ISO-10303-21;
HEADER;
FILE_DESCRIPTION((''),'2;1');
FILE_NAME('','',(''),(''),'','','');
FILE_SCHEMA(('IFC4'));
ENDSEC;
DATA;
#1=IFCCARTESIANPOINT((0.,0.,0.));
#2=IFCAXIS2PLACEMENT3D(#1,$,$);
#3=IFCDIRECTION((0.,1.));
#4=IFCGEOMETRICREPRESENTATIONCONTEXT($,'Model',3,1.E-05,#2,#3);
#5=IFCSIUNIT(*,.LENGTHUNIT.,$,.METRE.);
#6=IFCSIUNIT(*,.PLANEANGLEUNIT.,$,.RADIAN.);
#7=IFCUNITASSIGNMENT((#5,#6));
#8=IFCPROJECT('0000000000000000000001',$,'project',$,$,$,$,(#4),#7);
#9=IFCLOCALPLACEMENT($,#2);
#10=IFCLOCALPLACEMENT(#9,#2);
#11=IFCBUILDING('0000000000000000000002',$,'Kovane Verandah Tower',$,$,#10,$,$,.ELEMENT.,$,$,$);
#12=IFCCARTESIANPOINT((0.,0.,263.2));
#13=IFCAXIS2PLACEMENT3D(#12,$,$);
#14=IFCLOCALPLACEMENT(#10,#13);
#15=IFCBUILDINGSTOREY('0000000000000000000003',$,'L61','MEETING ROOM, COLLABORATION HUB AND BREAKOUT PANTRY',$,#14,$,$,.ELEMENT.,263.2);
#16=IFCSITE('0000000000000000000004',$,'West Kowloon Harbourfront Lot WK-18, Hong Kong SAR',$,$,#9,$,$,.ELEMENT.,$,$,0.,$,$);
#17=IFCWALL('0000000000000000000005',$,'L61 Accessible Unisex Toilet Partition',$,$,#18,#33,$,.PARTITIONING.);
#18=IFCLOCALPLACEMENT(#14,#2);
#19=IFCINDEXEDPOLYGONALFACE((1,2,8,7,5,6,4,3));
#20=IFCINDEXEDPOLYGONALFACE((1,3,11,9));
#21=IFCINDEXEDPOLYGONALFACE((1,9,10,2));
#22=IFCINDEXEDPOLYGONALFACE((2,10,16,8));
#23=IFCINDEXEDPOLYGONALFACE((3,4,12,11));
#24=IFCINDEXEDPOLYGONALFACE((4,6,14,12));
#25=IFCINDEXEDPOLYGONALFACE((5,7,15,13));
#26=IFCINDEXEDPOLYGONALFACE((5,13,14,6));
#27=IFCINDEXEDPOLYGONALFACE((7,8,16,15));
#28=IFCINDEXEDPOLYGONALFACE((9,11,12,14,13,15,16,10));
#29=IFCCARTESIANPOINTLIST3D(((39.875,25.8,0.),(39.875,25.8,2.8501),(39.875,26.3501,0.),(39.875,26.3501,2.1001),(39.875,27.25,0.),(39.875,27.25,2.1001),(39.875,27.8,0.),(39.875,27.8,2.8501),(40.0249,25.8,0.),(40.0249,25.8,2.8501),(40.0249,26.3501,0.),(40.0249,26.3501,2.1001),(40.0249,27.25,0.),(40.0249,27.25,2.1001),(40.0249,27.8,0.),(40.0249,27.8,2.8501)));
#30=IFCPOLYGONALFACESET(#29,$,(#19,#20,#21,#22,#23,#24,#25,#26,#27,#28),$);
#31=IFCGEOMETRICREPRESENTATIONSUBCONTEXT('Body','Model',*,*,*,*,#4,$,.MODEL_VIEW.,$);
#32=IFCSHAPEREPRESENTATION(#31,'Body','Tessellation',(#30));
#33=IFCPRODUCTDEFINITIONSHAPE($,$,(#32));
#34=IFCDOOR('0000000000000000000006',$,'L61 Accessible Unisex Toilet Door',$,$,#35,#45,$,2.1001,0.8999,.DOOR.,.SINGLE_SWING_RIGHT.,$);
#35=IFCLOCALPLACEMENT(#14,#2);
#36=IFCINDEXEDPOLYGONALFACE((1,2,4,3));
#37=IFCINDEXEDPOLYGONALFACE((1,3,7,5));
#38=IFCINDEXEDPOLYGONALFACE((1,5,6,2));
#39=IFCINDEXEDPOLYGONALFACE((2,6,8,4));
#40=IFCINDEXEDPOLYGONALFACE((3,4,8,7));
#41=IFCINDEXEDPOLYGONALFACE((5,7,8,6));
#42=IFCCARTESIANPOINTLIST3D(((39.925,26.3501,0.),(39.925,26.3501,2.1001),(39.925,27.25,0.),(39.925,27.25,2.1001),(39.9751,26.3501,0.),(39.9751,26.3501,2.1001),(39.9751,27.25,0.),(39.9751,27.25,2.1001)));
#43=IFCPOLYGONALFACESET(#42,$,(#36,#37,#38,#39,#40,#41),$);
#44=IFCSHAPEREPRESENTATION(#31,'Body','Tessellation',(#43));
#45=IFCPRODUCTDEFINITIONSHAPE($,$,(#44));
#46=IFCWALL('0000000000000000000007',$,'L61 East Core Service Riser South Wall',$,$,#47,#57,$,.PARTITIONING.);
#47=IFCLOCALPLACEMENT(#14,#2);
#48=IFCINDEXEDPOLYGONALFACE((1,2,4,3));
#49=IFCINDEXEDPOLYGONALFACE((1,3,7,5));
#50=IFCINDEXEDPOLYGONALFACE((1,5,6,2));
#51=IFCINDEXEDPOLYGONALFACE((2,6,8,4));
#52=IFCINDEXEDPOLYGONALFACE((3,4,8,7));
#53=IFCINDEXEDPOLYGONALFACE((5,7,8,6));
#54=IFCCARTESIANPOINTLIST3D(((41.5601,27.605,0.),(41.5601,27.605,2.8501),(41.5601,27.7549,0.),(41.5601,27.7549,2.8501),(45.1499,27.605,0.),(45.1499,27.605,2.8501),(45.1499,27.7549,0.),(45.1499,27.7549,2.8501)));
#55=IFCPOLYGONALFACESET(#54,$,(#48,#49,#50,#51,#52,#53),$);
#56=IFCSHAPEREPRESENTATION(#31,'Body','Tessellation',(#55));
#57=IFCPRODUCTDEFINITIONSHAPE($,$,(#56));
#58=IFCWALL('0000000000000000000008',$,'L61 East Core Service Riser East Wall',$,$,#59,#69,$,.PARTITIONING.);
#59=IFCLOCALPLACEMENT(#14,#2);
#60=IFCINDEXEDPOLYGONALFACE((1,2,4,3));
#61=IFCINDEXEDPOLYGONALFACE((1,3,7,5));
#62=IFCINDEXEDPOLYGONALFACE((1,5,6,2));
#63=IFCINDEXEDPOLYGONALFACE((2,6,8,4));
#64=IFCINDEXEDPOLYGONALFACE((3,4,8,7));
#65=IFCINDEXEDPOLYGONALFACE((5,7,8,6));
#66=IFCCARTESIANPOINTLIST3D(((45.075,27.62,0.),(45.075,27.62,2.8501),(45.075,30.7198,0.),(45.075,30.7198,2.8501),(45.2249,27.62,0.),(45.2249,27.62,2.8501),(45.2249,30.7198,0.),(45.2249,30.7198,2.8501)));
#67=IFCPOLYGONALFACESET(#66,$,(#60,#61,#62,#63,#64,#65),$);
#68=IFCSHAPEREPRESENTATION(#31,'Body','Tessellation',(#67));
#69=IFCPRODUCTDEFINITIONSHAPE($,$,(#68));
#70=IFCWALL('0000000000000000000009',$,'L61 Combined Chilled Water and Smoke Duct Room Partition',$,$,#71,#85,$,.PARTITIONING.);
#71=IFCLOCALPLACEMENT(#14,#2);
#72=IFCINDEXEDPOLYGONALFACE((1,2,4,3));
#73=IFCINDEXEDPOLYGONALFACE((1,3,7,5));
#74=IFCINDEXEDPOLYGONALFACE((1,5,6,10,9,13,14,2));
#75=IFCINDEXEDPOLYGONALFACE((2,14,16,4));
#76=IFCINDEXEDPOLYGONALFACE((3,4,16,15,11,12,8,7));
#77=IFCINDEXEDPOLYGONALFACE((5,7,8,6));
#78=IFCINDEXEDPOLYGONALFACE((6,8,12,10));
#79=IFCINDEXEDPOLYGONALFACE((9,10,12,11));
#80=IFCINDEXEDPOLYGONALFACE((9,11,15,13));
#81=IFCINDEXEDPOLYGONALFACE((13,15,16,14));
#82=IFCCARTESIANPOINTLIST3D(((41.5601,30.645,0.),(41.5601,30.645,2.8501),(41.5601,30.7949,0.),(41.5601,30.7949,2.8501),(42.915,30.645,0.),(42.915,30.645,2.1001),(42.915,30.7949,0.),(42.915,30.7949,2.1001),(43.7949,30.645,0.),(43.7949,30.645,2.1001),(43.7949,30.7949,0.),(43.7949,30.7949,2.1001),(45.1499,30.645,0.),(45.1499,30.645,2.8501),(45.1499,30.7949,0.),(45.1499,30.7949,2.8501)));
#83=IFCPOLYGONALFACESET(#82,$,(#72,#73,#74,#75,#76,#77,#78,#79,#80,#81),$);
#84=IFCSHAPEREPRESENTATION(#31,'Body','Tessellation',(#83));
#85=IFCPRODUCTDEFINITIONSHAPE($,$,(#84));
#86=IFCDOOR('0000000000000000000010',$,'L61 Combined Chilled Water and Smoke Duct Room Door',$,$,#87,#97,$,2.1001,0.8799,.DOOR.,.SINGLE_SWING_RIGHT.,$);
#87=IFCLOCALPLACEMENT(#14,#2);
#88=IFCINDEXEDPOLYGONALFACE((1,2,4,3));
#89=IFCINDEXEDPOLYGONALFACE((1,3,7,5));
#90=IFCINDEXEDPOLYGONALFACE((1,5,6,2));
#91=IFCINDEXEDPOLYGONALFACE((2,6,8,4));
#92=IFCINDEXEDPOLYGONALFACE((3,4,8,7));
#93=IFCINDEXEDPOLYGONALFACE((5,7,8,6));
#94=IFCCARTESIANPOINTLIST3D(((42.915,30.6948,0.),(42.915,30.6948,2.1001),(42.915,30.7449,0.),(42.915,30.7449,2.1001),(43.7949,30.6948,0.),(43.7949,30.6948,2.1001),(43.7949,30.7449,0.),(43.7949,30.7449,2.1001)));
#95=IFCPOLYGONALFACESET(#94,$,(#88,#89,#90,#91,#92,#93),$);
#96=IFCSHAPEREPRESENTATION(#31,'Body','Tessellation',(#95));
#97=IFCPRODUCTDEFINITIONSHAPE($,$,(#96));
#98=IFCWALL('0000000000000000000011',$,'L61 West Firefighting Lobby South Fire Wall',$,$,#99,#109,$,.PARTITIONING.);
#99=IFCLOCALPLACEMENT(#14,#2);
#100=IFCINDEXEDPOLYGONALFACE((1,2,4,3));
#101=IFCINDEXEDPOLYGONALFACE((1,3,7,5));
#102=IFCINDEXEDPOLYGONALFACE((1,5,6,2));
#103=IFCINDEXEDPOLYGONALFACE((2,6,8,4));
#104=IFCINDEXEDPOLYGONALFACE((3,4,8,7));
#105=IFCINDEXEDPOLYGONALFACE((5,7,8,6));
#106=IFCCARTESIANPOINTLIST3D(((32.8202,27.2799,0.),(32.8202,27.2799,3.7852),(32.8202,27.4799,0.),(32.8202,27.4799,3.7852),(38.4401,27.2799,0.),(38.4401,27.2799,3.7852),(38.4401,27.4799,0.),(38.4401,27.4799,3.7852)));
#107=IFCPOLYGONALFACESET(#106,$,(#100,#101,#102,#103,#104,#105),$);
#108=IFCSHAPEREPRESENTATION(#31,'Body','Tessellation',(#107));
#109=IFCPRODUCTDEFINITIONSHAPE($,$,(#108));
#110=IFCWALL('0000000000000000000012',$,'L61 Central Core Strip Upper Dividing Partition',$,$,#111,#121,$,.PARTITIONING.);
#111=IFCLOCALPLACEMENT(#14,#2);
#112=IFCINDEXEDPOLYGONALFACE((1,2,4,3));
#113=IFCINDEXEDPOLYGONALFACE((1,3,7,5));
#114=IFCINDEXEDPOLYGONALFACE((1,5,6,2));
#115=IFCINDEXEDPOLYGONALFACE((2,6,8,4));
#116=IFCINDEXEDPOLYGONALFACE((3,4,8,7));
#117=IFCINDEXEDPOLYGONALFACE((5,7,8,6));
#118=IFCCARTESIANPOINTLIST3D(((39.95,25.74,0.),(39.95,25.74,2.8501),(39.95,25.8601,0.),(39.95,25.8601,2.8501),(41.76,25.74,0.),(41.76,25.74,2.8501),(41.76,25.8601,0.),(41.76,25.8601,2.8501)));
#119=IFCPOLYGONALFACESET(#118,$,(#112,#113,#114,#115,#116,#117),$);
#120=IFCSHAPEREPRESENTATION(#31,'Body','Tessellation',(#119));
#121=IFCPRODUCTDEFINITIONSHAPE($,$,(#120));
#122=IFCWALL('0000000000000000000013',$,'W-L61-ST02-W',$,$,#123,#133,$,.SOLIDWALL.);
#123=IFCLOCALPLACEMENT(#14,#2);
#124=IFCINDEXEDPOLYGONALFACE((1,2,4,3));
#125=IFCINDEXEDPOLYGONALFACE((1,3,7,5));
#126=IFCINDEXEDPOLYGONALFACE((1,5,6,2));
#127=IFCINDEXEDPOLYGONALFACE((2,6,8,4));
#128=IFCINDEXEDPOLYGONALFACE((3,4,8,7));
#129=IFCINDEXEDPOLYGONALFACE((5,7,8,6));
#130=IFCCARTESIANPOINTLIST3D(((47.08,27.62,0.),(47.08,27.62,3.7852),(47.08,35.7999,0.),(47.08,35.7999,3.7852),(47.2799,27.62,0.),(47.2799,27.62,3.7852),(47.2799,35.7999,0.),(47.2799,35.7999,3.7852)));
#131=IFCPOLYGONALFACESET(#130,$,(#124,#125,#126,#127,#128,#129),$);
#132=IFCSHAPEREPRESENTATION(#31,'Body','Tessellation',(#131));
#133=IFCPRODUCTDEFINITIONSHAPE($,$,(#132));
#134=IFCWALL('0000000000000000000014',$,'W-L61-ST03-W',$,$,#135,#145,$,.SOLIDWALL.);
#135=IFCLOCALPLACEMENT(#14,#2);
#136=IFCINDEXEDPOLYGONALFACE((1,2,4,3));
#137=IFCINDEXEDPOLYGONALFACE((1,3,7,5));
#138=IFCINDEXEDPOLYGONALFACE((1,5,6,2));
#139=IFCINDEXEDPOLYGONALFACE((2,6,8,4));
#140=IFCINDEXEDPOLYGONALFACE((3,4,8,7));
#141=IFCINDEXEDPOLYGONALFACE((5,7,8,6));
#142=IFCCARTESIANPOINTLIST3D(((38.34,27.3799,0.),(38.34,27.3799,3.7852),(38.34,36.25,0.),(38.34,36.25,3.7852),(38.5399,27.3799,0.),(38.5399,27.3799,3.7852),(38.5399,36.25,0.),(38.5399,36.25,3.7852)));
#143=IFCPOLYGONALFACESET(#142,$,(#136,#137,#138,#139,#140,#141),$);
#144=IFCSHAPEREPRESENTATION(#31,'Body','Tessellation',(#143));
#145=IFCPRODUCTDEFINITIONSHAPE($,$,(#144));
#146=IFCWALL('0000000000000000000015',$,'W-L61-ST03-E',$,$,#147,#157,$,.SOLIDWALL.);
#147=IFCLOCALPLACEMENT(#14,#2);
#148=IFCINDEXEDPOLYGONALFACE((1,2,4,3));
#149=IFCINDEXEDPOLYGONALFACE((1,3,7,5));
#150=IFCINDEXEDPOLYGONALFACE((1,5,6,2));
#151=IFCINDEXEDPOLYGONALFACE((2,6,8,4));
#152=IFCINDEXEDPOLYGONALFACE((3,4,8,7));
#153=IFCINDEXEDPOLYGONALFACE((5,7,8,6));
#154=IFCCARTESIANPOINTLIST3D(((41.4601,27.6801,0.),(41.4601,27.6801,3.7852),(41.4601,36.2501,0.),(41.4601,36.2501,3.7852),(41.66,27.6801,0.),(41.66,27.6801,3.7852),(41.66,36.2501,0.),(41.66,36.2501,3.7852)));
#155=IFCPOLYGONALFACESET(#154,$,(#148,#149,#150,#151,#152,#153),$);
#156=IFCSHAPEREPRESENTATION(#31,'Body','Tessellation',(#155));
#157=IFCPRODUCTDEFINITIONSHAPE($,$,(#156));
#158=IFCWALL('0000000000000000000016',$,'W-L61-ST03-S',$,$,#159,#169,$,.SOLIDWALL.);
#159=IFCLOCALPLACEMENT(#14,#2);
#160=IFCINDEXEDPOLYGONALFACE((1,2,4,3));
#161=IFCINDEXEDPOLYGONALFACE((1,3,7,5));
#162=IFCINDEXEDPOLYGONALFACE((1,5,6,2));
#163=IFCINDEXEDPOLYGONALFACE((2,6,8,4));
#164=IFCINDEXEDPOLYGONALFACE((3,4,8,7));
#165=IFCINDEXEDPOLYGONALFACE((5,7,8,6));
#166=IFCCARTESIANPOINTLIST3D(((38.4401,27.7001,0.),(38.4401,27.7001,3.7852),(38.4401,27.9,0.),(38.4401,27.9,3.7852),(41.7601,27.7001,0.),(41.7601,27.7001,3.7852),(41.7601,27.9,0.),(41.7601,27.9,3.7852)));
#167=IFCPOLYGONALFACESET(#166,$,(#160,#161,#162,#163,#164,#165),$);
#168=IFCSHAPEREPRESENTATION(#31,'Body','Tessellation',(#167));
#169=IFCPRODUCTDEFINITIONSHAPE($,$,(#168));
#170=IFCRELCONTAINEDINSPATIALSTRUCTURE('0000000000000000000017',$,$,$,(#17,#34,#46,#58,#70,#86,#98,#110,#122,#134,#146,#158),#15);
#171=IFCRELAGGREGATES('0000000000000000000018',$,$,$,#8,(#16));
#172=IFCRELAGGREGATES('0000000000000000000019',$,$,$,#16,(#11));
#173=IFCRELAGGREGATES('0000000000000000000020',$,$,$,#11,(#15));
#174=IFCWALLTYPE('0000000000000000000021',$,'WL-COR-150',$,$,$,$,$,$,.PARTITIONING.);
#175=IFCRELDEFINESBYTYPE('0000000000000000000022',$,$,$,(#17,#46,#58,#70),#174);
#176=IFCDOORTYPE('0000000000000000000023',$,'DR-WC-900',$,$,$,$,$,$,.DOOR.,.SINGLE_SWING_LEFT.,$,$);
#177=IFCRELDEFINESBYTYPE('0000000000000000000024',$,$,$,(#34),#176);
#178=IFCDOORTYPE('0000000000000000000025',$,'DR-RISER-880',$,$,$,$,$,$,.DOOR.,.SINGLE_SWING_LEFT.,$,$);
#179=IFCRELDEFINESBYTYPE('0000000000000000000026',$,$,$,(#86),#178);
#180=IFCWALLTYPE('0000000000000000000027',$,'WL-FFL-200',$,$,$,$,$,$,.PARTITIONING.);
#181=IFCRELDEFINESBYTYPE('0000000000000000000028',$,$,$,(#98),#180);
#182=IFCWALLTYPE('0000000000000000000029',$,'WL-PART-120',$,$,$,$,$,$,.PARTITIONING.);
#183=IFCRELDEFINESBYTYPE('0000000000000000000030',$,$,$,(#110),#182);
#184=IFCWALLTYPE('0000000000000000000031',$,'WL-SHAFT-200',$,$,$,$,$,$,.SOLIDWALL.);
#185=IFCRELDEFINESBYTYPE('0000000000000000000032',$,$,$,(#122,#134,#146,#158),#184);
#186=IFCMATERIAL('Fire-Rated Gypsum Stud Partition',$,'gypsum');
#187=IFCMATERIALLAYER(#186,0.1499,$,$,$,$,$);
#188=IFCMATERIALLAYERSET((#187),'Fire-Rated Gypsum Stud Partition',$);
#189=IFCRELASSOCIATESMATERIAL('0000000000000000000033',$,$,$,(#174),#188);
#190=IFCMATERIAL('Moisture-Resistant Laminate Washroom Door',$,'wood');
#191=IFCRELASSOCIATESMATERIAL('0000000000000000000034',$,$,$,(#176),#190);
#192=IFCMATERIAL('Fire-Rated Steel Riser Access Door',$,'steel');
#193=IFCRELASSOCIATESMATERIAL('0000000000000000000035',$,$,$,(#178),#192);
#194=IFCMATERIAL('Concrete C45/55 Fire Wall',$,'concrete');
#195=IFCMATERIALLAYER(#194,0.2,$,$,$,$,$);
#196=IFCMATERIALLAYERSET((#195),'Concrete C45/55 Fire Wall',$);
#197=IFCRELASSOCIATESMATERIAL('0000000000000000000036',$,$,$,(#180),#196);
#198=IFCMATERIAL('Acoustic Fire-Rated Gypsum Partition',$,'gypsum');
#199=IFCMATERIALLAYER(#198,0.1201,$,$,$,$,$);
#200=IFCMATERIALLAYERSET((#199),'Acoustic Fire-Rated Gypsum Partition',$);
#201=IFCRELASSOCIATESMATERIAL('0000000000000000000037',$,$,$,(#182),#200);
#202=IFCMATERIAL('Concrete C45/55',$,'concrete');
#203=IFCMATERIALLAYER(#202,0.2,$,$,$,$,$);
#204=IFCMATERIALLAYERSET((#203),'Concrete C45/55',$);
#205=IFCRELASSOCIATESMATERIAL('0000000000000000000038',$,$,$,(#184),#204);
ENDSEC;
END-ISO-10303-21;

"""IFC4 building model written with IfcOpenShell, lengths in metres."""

from ifc_helpers import new_model, si_unit, direction, frame, frame_2d, origin, place, context, subcontext, project, spatial, rectangle, extrude, material, layer, layer_set, type_object, element, fill, save


model = new_model("IFC4")

# Units and contexts
model_context = context("Model", 3, precision=1e-05, world=origin(), true_north=direction((0.0, 1.0)))
body_context = subcontext(model_context, "Body", "Model", "MODEL_VIEW")
ifc_project = project(units=[si_unit("LENGTHUNIT", "METRE"), si_unit("PLANEANGLEUNIT", "RADIAN")], contexts=[model_context])

# Site, building, storey
site_placement = place(None, origin())
site = spatial("IfcSite", under=ifc_project, at=site_placement, Name="West Kowloon Harbourfront Lot WK-18, Hong Kong SAR", CompositionType="ELEMENT", RefElevation=0.0)
building_placement = place(site_placement, origin())
building = spatial("IfcBuilding", under=site, at=building_placement, Name="Kovane Verandah Tower", CompositionType="ELEMENT")
storey_placement = place(building_placement, frame((0.0, 0.0, 263.2)))
storey = spatial("IfcBuildingStorey", under=building, at=storey_placement, Name="L61", Description="MEETING ROOM, COLLABORATION HUB AND BREAKOUT PANTRY", CompositionType="ELEMENT", Elevation=263.2)

# Wall, opening, door
ifc_material_1 = material(Name="Fire-Rated Gypsum Stud Partition", Category="gypsum")
ifc_layer_1 = layer(ifc_material_1, 0.1499)
ifc_layer_set_1 = layer_set([ifc_layer_1], Name="Fire-Rated Gypsum Stud Partition")
wall_type_1 = type_object("IfcWallType", Name="WL-COR-150", PredefinedType="PARTITIONING", material=ifc_layer_set_1)
wall_1_placement = place(storey_placement, frame((39.95, 25.8, 0.0), z_axis=(0.0, 0.0, 1.0), x_axis=(0.0, 1.0, 0.0)))
wall_1 = element("IfcWall", 1, at=wall_1_placement, inside=storey, type_object=wall_type_1, Name="L61 Accessible Unisex Toilet Partition", PredefinedType="PARTITIONING", context=body_context, shape_type="SweptSolid", body=[
    extrude(rectangle(XDim=2.0, YDim=0.1499, at=frame_2d((1.0, 0.0))), origin(), (0.0, 0.0, 1.0), 2.8501),
])
opening_1_placement = place(wall_1_placement, frame((0.55, 0.0, 0.0)))
opening_1 = element("IfcOpeningElement", 2, at=opening_1_placement, cuts=wall_1, PredefinedType="OPENING", context=body_context, shape_type="SweptSolid", body=[
    extrude(rectangle(XDim=0.8999, YDim=2.1001, at=frame_2d((0.45, 1.05))), frame((0.0, 0.075, 0.0), z_axis=(0.0, -1.0, 0.0), x_axis=(1.0, 0.0, 0.0)), (0.0, 0.0, 1.0), 0.1499),
])
ifc_material_2 = material(Name="Moisture-Resistant Laminate Washroom Door", Category="wood")
door_type_1 = type_object("IfcDoorType", Name="DR-WC-900", OperationType="SINGLE_SWING_LEFT", PredefinedType="DOOR", material=ifc_material_2)
door_1_placement = place(opening_1_placement, origin())
door_1 = element("IfcDoor", 3, at=door_1_placement, inside=storey, type_object=door_type_1, Name="L61 Accessible Unisex Toilet Door", OperationType="SINGLE_SWING_RIGHT", OverallHeight=2.1001, OverallWidth=0.8999, PredefinedType="DOOR", context=body_context, shape_type="SweptSolid", body=[
    extrude(rectangle(XDim=0.8999, YDim=2.1001, at=frame_2d((0.45, 1.05))), frame((0.0, 0.0249, 0.0), z_axis=(0.0, -1.0, 0.0), x_axis=(1.0, 0.0, 0.0)), (0.0, 0.0, 1.0), 0.05),
])
fill(opening_1, door_1)

# Walls
wall_2_placement = place(storey_placement, frame((41.5601, 27.6799, 0.0), z_axis=(0.0, 0.0, 1.0), x_axis=(1.0, 0.0, 0.0)))
element("IfcWall", 4, at=wall_2_placement, inside=storey, type_object=wall_type_1, Name="L61 East Core Service Riser South Wall", PredefinedType="PARTITIONING", context=body_context, shape_type="SweptSolid", body=[
    extrude(rectangle(XDim=3.5898, YDim=0.1499, at=frame_2d((1.7949, 0.0))), origin(), (0.0, 0.0, 1.0), 2.8501),
])
wall_3_placement = place(storey_placement, frame((45.1499, 27.6201, 0.0), z_axis=(0.0, 0.0, 1.0), x_axis=(0.0, 1.0, 0.0)))
element("IfcWall", 5, at=wall_3_placement, inside=storey, type_object=wall_type_1, Name="L61 East Core Service Riser East Wall", PredefinedType="PARTITIONING", context=body_context, shape_type="SweptSolid", body=[
    extrude(rectangle(XDim=3.0999, YDim=0.1499, at=frame_2d((1.5498, 0.0))), origin(), (0.0, 0.0, 1.0), 2.8501),
])

# Wall, opening, door
wall_4_placement = place(storey_placement, frame((41.5601, 30.72, 0.0), z_axis=(0.0, 0.0, 1.0), x_axis=(1.0, 0.0, 0.0)))
wall_4 = element("IfcWall", 6, at=wall_4_placement, inside=storey, type_object=wall_type_1, Name="L61 Combined Chilled Water and Smoke Duct Room Partition", PredefinedType="PARTITIONING", context=body_context, shape_type="SweptSolid", body=[
    extrude(rectangle(XDim=3.5898, YDim=0.1499, at=frame_2d((1.7949, 0.0))), origin(), (0.0, 0.0, 1.0), 2.8501),
])
opening_2_placement = place(wall_4_placement, frame((1.355, 0.0, 0.0)))
opening_2 = element("IfcOpeningElement", 7, at=opening_2_placement, cuts=wall_4, PredefinedType="OPENING", context=body_context, shape_type="SweptSolid", body=[
    extrude(rectangle(XDim=0.8799, YDim=2.1001, at=frame_2d((0.4399, 1.05))), frame((0.0, 0.075, 0.0), z_axis=(0.0, -1.0, 0.0), x_axis=(1.0, 0.0, 0.0)), (0.0, 0.0, 1.0), 0.1499),
])
ifc_material_3 = material(Name="Fire-Rated Steel Riser Access Door", Category="steel")
door_type_2 = type_object("IfcDoorType", Name="DR-RISER-880", OperationType="SINGLE_SWING_LEFT", PredefinedType="DOOR", material=ifc_material_3)
door_2_placement = place(opening_2_placement, origin())
door_2 = element("IfcDoor", 8, at=door_2_placement, inside=storey, type_object=door_type_2, Name="L61 Combined Chilled Water and Smoke Duct Room Door", OperationType="SINGLE_SWING_RIGHT", OverallHeight=2.1001, OverallWidth=0.8799, PredefinedType="DOOR", context=body_context, shape_type="SweptSolid", body=[
    extrude(rectangle(XDim=0.8799, YDim=2.1001, at=frame_2d((0.4399, 1.05))), frame((0.0, 0.0249, 0.0), z_axis=(0.0, -1.0, 0.0), x_axis=(1.0, 0.0, 0.0)), (0.0, 0.0, 1.0), 0.05),
])
fill(opening_2, door_2)
ifc_material_4 = material(Name="Concrete C45/55 Fire Wall", Category="concrete")
ifc_layer_2 = layer(ifc_material_4, 0.2)
ifc_layer_set_2 = layer_set([ifc_layer_2], Name="Concrete C45/55 Fire Wall")
wall_type_2 = type_object("IfcWallType", Name="WL-FFL-200", PredefinedType="PARTITIONING", material=ifc_layer_set_2)

# Wall
wall_5_placement = place(storey_placement, frame((32.8201, 27.3799, 0.0), z_axis=(0.0, 0.0, 1.0), x_axis=(1.0, 0.0, 0.0)))
element("IfcWall", 9, at=wall_5_placement, inside=storey, type_object=wall_type_2, Name="L61 West Firefighting Lobby South Fire Wall", PredefinedType="PARTITIONING", context=body_context, shape_type="SweptSolid", body=[
    extrude(rectangle(XDim=5.6199, YDim=0.2, at=frame_2d((2.8101, 0.0))), origin(), (0.0, 0.0, 1.0), 3.7852),
])

# Walls
ifc_material_5 = material(Name="Acoustic Fire-Rated Gypsum Partition", Category="gypsum")
ifc_layer_3 = layer(ifc_material_5, 0.1201)
ifc_layer_set_3 = layer_set([ifc_layer_3], Name="Acoustic Fire-Rated Gypsum Partition")
wall_type_3 = type_object("IfcWallType", Name="WL-PART-120", PredefinedType="PARTITIONING", material=ifc_layer_set_3)
wall_6_placement = place(storey_placement, frame((39.95, 25.8, 0.0), z_axis=(0.0, 0.0, 1.0), x_axis=(1.0, 0.0, 0.0)))
element("IfcWall", 10, at=wall_6_placement, inside=storey, type_object=wall_type_3, Name="L61 Central Core Strip Upper Dividing Partition", PredefinedType="PARTITIONING", context=body_context, shape_type="SweptSolid", body=[
    extrude(rectangle(XDim=1.8101, YDim=0.1201, at=frame_2d((0.905, 0.0))), origin(), (0.0, 0.0, 1.0), 2.8501),
])
ifc_material_6 = material(Name="Concrete C45/55", Category="concrete")
ifc_layer_4 = layer(ifc_material_6, 0.2)
ifc_layer_set_4 = layer_set([ifc_layer_4], Name="Concrete C45/55")
wall_type_4 = type_object("IfcWallType", Name="WL-SHAFT-200", PredefinedType="SOLIDWALL", material=ifc_layer_set_4)
wall_7_placement = place(storey_placement, frame((47.1799, 27.6201, 0.0), z_axis=(0.0, 0.0, 1.0), x_axis=(0.0, 1.0, 0.0)))
element("IfcWall", 11, at=wall_7_placement, inside=storey, type_object=wall_type_4, Name="W-L61-ST02-W", PredefinedType="SOLIDWALL", context=body_context, shape_type="SweptSolid", body=[
    extrude(rectangle(XDim=8.1799, YDim=0.2, at=frame_2d((4.0898, 0.0))), origin(), (0.0, 0.0, 1.0), 3.7852),
])

# Walls
wall_8_placement = place(storey_placement, frame((38.4399, 27.3799, 0.0), z_axis=(0.0, 0.0, 1.0), x_axis=(0.0, 1.0, 0.0)))
element("IfcWall", 12, at=wall_8_placement, inside=storey, type_object=wall_type_4, Name="W-L61-ST03-W", PredefinedType="SOLIDWALL", context=body_context, shape_type="SweptSolid", body=[
    extrude(rectangle(XDim=8.8701, YDim=0.2, at=frame_2d((4.4351, 0.0))), origin(), (0.0, 0.0, 1.0), 3.7852),
])
wall_9_placement = place(storey_placement, frame((41.5601, 27.6799, 0.0), z_axis=(0.0, 0.0, 1.0), x_axis=(0.0, 1.0, 0.0)))
element("IfcWall", 13, at=wall_9_placement, inside=storey, type_object=wall_type_4, Name="W-L61-ST03-E", PredefinedType="SOLIDWALL", context=body_context, shape_type="SweptSolid", body=[
    extrude(rectangle(XDim=8.5701, YDim=0.2, at=frame_2d((4.2852, 0.0))), origin(), (0.0, 0.0, 1.0), 3.7852),
])
wall_10_placement = place(storey_placement, frame((38.4399, 27.8, 0.0), z_axis=(0.0, 0.0, 1.0), x_axis=(1.0, 0.0, 0.0)))
element("IfcWall", 14, at=wall_10_placement, inside=storey, type_object=wall_type_4, Name="W-L61-ST03-S", PredefinedType="SOLIDWALL", context=body_context, shape_type="SweptSolid", body=[
    extrude(rectangle(XDim=3.3201, YDim=0.2, at=frame_2d((1.6602, 0.0))), origin(), (0.0, 0.0, 1.0), 3.7852),
])

save(model, "model.ifc")
